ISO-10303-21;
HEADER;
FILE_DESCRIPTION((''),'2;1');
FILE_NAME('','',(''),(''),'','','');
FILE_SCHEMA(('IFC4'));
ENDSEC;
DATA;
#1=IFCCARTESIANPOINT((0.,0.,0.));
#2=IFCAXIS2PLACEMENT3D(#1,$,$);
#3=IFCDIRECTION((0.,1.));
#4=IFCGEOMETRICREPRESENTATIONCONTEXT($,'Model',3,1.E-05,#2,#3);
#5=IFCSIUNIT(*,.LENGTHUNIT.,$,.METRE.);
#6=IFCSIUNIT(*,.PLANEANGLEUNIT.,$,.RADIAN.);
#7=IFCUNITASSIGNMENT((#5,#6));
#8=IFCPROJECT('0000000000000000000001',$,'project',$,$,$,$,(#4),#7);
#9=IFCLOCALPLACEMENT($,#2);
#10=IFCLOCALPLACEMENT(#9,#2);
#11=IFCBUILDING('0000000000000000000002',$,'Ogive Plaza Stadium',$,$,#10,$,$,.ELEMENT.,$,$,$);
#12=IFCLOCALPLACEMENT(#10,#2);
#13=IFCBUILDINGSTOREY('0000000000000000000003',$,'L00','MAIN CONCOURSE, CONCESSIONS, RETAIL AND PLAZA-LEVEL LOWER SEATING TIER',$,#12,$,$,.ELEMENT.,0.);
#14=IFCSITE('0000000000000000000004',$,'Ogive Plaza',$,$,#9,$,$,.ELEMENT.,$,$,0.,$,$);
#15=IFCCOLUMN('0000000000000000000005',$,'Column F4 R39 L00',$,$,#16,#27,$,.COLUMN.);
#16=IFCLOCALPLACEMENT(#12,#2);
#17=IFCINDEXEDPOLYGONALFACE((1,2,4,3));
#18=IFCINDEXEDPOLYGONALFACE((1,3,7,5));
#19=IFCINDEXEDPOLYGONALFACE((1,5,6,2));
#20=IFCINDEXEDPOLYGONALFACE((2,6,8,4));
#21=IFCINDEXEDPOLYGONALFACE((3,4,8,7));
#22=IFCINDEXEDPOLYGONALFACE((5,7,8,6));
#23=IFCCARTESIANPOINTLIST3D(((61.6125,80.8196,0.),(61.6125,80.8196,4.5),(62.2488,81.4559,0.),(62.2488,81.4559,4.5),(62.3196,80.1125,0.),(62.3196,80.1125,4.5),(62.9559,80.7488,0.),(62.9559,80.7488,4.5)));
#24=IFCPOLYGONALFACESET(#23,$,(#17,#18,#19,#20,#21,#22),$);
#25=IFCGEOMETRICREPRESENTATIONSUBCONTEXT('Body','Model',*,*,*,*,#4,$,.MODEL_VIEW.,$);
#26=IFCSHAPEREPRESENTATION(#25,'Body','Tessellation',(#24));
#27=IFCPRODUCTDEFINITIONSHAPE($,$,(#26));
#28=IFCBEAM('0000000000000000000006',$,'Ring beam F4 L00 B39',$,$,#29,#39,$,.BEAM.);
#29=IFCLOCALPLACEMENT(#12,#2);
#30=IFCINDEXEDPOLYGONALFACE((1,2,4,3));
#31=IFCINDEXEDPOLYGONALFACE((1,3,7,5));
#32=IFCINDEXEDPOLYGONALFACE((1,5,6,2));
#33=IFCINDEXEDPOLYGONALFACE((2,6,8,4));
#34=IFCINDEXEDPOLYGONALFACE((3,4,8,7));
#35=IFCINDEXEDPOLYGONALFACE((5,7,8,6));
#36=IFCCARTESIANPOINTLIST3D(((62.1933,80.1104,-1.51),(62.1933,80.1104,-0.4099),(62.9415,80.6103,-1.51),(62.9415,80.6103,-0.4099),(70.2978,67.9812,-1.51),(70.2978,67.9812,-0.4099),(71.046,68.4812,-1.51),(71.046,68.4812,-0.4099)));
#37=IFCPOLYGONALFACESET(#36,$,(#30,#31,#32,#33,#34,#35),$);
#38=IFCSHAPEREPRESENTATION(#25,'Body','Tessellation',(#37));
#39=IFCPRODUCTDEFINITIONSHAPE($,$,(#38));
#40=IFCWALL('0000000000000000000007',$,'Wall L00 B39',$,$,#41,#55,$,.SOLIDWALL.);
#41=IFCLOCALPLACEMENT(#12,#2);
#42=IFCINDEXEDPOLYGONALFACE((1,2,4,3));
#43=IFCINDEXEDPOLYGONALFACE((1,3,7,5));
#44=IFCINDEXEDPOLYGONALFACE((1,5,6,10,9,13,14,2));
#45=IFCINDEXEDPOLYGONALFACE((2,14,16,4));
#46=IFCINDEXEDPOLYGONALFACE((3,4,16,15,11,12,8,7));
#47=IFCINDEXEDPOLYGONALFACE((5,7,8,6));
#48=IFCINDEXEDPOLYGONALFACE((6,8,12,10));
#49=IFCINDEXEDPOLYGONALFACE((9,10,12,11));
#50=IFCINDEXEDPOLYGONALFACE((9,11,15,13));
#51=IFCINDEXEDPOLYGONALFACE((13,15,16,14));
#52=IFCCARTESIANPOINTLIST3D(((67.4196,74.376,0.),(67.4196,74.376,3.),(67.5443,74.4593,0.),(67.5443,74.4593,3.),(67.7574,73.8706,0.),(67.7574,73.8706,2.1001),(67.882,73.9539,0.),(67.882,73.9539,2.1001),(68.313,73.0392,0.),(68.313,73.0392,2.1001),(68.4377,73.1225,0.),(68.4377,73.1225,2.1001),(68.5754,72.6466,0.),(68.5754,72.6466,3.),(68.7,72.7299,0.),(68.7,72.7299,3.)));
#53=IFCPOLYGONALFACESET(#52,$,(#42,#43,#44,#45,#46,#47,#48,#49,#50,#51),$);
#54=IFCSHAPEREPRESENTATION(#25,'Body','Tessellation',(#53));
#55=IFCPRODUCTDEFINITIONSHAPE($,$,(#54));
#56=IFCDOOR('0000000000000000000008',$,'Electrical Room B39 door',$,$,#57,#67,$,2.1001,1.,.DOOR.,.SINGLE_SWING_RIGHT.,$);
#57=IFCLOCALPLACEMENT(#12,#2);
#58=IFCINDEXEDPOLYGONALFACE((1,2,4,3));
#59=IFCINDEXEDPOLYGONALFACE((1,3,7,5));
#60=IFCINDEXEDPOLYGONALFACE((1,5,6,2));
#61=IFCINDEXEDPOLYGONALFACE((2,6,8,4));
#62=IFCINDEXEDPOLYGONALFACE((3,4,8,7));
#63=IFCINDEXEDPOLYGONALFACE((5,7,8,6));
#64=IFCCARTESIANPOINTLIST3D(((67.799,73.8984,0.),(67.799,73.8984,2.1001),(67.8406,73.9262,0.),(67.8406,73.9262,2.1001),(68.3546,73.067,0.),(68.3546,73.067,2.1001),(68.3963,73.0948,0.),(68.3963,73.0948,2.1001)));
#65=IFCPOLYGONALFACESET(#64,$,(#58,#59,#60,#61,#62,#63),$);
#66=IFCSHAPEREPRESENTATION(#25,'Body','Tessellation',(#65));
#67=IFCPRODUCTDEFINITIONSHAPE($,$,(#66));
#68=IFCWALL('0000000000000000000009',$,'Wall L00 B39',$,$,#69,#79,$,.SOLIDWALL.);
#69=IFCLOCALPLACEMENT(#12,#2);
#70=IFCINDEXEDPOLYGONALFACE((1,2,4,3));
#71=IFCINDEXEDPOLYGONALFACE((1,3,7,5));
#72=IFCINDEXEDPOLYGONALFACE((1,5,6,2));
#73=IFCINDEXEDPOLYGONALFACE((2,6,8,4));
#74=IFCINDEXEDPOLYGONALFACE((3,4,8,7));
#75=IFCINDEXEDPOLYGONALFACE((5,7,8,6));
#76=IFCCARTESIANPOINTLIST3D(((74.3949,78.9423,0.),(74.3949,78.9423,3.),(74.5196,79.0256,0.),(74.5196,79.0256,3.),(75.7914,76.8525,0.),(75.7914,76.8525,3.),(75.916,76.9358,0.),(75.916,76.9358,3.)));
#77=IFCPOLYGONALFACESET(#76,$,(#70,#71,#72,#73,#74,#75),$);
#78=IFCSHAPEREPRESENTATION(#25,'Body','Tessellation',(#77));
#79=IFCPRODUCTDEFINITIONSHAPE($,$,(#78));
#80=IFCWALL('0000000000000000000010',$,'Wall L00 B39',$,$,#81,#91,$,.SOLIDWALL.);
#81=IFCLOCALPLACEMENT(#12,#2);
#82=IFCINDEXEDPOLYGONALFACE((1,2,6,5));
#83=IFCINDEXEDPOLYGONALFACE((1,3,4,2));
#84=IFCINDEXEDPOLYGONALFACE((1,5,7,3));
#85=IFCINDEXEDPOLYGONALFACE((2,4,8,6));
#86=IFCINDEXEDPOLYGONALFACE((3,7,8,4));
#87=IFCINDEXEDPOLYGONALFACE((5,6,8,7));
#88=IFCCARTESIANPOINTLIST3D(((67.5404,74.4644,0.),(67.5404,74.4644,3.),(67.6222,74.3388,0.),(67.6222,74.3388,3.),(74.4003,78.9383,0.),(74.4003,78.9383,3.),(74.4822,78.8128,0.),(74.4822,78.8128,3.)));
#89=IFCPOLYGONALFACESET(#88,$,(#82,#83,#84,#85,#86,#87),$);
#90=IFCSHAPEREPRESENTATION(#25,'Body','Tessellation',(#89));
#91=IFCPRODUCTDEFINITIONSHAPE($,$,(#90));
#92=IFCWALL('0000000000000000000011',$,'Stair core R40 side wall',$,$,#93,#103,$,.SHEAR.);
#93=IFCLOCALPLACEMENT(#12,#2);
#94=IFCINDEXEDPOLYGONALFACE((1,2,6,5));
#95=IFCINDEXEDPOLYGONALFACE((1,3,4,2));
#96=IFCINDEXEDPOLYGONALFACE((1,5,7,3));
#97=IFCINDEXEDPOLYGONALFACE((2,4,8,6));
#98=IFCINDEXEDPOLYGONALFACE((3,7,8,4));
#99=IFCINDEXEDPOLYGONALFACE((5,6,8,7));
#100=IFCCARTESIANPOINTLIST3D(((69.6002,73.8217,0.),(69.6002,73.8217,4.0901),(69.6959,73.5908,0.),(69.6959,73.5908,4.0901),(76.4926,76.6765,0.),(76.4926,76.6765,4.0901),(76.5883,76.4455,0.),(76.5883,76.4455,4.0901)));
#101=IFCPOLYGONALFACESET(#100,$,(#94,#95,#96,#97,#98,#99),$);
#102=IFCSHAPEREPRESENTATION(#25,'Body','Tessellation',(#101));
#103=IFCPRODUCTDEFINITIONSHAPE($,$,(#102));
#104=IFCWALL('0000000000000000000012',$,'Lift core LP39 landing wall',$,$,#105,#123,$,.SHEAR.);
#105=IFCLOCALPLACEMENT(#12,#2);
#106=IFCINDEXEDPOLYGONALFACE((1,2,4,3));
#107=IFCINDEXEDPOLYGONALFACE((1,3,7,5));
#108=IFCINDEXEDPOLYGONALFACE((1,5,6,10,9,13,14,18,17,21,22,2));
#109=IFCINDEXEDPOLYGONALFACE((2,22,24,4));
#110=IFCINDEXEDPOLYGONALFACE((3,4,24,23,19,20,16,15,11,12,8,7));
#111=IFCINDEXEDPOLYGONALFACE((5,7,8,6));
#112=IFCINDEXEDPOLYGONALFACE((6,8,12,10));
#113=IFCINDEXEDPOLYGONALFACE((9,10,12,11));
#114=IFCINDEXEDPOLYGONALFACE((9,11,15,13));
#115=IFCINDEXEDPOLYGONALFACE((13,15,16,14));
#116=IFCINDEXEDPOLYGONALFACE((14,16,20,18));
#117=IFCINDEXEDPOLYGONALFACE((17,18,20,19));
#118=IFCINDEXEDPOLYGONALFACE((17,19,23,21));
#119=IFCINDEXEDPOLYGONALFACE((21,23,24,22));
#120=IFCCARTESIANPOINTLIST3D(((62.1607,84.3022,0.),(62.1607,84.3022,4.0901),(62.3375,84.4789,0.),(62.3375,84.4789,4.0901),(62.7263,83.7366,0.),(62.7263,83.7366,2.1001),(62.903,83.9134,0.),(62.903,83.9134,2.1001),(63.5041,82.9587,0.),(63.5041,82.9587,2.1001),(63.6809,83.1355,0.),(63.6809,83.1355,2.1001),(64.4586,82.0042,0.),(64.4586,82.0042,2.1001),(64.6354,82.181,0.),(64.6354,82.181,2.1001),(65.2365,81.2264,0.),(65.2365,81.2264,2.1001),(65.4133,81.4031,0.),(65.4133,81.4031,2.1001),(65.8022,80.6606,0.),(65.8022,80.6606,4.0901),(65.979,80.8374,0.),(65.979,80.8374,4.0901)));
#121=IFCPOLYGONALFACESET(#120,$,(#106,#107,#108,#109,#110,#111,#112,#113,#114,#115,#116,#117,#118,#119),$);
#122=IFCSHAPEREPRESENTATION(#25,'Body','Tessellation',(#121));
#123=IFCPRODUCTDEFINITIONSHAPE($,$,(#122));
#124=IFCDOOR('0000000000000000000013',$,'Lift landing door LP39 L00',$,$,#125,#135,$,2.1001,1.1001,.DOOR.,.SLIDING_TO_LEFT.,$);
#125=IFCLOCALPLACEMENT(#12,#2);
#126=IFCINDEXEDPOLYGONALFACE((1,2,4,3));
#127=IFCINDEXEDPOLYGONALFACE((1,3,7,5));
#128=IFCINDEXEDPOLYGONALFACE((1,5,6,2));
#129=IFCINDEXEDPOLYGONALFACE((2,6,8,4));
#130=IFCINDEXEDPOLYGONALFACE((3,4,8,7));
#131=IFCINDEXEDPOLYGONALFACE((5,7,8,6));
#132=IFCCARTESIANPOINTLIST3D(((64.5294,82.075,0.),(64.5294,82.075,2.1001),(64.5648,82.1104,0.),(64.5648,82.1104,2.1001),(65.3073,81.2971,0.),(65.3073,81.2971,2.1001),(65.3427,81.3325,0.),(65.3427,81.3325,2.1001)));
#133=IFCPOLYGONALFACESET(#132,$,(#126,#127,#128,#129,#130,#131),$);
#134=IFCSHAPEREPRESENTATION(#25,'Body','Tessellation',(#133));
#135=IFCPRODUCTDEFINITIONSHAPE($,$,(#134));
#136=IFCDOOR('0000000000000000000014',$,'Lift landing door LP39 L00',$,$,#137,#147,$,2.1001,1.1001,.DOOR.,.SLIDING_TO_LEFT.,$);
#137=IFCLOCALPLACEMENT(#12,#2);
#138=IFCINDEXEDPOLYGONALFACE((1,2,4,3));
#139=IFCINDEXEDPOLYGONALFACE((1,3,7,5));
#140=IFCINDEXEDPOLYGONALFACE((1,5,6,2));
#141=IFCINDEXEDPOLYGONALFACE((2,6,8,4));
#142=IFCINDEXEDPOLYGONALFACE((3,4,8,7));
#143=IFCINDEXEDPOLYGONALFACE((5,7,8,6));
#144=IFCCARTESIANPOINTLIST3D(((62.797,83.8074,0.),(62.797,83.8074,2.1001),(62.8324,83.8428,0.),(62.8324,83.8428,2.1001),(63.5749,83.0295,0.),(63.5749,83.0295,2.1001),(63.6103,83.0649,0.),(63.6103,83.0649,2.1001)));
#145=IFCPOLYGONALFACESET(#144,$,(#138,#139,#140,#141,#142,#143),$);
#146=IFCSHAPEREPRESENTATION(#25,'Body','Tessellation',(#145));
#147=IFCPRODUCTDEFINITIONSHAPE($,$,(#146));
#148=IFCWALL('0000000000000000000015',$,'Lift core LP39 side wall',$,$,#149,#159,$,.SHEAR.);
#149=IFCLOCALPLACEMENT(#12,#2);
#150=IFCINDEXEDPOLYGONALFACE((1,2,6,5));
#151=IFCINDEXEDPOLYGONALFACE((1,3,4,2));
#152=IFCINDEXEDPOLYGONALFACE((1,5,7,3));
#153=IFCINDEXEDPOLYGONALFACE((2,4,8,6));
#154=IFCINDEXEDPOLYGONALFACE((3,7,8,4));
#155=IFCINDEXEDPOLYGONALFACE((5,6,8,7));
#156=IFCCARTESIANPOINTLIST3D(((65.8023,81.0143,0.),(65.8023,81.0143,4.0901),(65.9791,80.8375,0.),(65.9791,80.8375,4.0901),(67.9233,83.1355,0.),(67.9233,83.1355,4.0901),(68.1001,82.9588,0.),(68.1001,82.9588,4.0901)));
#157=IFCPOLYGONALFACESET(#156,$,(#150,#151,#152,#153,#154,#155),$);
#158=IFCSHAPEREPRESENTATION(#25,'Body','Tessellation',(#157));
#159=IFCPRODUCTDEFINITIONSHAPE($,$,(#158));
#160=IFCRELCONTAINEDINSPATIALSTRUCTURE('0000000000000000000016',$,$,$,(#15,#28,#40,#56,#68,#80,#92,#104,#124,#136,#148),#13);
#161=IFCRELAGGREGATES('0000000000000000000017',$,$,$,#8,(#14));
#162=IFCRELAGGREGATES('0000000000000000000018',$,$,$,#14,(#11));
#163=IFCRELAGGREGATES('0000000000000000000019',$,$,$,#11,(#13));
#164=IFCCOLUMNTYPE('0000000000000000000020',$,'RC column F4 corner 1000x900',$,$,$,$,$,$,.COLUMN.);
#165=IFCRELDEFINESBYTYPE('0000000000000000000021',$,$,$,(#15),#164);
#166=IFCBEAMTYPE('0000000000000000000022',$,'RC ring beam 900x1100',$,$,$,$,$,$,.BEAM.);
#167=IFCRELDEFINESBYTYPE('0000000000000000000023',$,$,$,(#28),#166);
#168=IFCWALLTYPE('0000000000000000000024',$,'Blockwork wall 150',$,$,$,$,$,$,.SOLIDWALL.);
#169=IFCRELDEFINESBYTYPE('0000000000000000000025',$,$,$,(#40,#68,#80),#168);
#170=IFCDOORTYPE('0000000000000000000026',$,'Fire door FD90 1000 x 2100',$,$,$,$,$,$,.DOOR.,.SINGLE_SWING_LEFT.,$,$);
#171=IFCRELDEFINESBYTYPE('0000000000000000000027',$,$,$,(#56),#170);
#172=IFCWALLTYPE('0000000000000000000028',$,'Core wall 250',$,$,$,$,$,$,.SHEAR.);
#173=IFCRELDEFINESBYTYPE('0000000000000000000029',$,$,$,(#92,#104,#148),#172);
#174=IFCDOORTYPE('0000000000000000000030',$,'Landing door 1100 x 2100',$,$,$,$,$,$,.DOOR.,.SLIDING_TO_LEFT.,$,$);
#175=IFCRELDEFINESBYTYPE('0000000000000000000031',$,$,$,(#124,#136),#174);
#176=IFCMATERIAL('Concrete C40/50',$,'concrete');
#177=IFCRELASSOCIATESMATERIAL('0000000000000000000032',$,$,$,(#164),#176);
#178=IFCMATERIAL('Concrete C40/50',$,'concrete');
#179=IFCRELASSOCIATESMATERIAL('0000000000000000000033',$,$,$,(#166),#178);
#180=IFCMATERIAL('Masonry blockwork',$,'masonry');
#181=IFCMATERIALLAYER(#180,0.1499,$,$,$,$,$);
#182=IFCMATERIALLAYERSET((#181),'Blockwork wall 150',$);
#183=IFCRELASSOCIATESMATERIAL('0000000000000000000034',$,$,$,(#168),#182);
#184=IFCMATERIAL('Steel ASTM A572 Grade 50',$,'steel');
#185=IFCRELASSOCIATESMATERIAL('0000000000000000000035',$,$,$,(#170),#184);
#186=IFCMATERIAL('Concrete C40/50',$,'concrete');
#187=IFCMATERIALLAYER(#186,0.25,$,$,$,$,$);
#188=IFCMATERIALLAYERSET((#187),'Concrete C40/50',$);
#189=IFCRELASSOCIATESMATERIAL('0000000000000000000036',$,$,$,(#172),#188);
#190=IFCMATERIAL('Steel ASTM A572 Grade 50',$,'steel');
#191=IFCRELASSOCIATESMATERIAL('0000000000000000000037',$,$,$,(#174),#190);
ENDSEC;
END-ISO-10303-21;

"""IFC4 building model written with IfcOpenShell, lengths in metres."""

from ifc_helpers import new_model, si_unit, direction, frame, frame_2d, origin, origin_2d, place, context, subcontext, project, spatial, rectangle, extrude, material, layer, layer_set, material_profile, profile_set, type_object, element, fill, save


model = new_model("IFC4")

# Units and contexts
model_context = context("Model", 3, precision=1e-05, world=origin(), true_north=direction((0.0, 1.0)))
body_context = subcontext(model_context, "Body", "Model", "MODEL_VIEW")
ifc_project = project(units=[si_unit("LENGTHUNIT", "METRE"), si_unit("PLANEANGLEUNIT", "RADIAN")], contexts=[model_context])

# Site, building, storey
site_placement = place(None, origin())
site = spatial("IfcSite", under=ifc_project, at=site_placement, Name="Ogive Plaza", CompositionType="ELEMENT", RefElevation=0.0)
building_placement = place(site_placement, origin())
building = spatial("IfcBuilding", under=site, at=building_placement, Name="Ogive Plaza Stadium", CompositionType="ELEMENT")
storey_placement = place(building_placement, origin())
storey = spatial("IfcBuildingStorey", under=building, at=storey_placement, Name="L00", Description="MAIN CONCOURSE, CONCESSIONS, RETAIL AND PLAZA-LEVEL LOWER SEATING TIER", CompositionType="ELEMENT", Elevation=0.0)

# Column
ifc_material_1 = material(Name="Concrete C40/50", Category="concrete")
ifc_material_profile_1 = material_profile(ifc_material_1, rectangle(XDim=1.0, YDim=0.8999, at=origin_2d()), Name="RC 1000x900")
ifc_profile_set_1 = profile_set([ifc_material_profile_1], Name="Concrete C40/50")
column_type = type_object("IfcColumnType", Name="RC column F4 corner 1000x900", PredefinedType="COLUMN", material=ifc_profile_set_1)
column_placement = place(storey_placement, frame((62.2842, 80.7842, 0.0), z_axis=(0.0, 0.0, 1.0), x_axis=(-0.707107, 0.707107, 0.0)))
element("IfcColumn", 1, at=column_placement, inside=storey, type_object=column_type, Name="Column F4 R39 L00", PredefinedType="COLUMN", context=body_context, shape_type="SweptSolid", body=[
    extrude(rectangle(XDim=1.0, YDim=0.8999, at=origin_2d()), origin(), (0.0, 0.0, 1.0), 4.5),
])

# Beam
ifc_material_2 = material(Name="Concrete C40/50", Category="concrete")
ifc_material_profile_2 = material_profile(ifc_material_2, rectangle(XDim=0.8999, YDim=1.1001, at=origin_2d()), Name="RC 900x1100")
ifc_profile_set_2 = profile_set([ifc_material_profile_2], Name="Concrete C40/50")
beam_type = type_object("IfcBeamType", Name="RC ring beam 900x1100", PredefinedType="BEAM", material=ifc_profile_set_2)
beam_placement = place(storey_placement, frame((62.5674, 80.3604, -0.96), z_axis=(0.555573, -0.831468, 0.0), x_axis=(0.831468, 0.555573, 0.0)))
element("IfcBeam", 2, at=beam_placement, inside=storey, type_object=beam_type, Name="Ring beam F4 L00 B39", PredefinedType="BEAM", context=body_context, shape_type="SweptSolid", body=[
    extrude(rectangle(XDim=0.8999, YDim=1.1001, at=origin_2d()), origin(), (0.0, 0.0, 1.0), 14.5876),
])

# Wall, opening, door
ifc_material_3 = material(Name="Masonry blockwork", Category="masonry")
ifc_layer_1 = layer(ifc_material_3, 0.1499)
ifc_layer_set_1 = layer_set([ifc_layer_1], Name="Blockwork wall 150")
wall_type_1 = type_object("IfcWallType", Name="Blockwork wall 150", PredefinedType="SOLIDWALL", material=ifc_layer_set_1)
wall_1_placement = place(storey_placement, frame((68.6377, 72.6882, 0.0), z_axis=(0.0, 0.0, 1.0), x_axis=(-0.555621, 0.831436, 0.0)))
wall_1 = element("IfcWall", 3, at=wall_1_placement, inside=storey, type_object=wall_type_1, Name="Wall L00 B39", PredefinedType="SOLIDWALL", context=body_context, shape_type="SweptSolid", body=[
    extrude(rectangle(XDim=2.0801, YDim=0.1499, at=frame_2d((1.04, 0.0))), origin(), (0.0, 0.0, 1.0), 3.0),
])
opening_1_placement = place(wall_1_placement, frame((0.4722, 0.0, 0.0)))
opening_1 = element("IfcOpeningElement", 4, at=opening_1_placement, cuts=wall_1, PredefinedType="OPENING", context=body_context, shape_type="SweptSolid", body=[
    extrude(rectangle(XDim=1.0, YDim=2.1001, at=frame_2d((0.5, 1.05))), frame((0.0, 0.075, 0.0), z_axis=(0.0, -1.0, 0.0), x_axis=(1.0, 0.0, 0.0)), (0.0, 0.0, 1.0), 0.1499),
])
ifc_material_4 = material(Name="Steel ASTM A572 Grade 50", Category="steel")
door_type_1 = type_object("IfcDoorType", Name="Fire door FD90 1000 x 2100", OperationType="SINGLE_SWING_LEFT", PredefinedType="DOOR", material=ifc_material_4)
door_1_placement = place(opening_1_placement, origin())
door_1 = element("IfcDoor", 5, at=door_1_placement, inside=storey, type_object=door_type_1, Name="Electrical Room B39 door", OperationType="SINGLE_SWING_RIGHT", OverallHeight=2.1001, OverallWidth=1.0, PredefinedType="DOOR", context=body_context, shape_type="SweptSolid", body=[
    extrude(rectangle(XDim=1.0, YDim=2.1001, at=frame_2d((0.5, 1.05))), frame((0.0, 0.0249, 0.0), z_axis=(0.0, -1.0, 0.0), x_axis=(1.0, 0.0, 0.0)), (0.0, 0.0, 1.0), 0.05),
])
fill(opening_1, door_1)

# Walls
wall_2_placement = place(storey_placement, frame((75.8538, 76.894, 0.0), z_axis=(0.0, 0.0, 1.0), x_axis=(-0.555596, 0.831452, 0.0)))
element("IfcWall", 6, at=wall_2_placement, inside=storey, type_object=wall_type_1, Name="Wall L00 B39", PredefinedType="SOLIDWALL", context=body_context, shape_type="SweptSolid", body=[
    extrude(rectangle(XDim=2.5134, YDim=0.1499, at=frame_2d((1.2568, 0.0))), origin(), (0.0, 0.0, 1.0), 3.0),
])
wall_3_placement = place(storey_placement, frame((67.5813, 74.4016, 0.0), z_axis=(0.0, 0.0, 1.0), x_axis=(0.837608, 0.546272, 0.0)))
element("IfcWall", 7, at=wall_3_placement, inside=storey, type_object=wall_type_1, Name="Wall L00 B39", PredefinedType="SOLIDWALL", context=body_context, shape_type="SweptSolid", body=[
    extrude(rectangle(XDim=8.1899, YDim=0.1499, at=frame_2d((4.095, 0.0))), origin(), (0.0, 0.0, 1.0), 3.0),
])
ifc_material_5 = material(Name="Concrete C40/50", Category="concrete")
ifc_layer_2 = layer(ifc_material_5, 0.25)
ifc_layer_set_2 = layer_set([ifc_layer_2], Name="Concrete C40/50")
wall_type_2 = type_object("IfcWallType", Name="Core wall 250", PredefinedType="SHEAR", material=ifc_layer_set_2)
wall_4_placement = place(storey_placement, frame((69.6482, 73.7063, 0.0), z_axis=(0.0, 0.0, 1.0), x_axis=(0.923887, 0.382665, 0.0)))
element("IfcWall", 8, at=wall_4_placement, inside=storey, type_object=wall_type_2, Name="Stair core R40 side wall", PredefinedType="SHEAR", context=body_context, shape_type="SweptSolid", body=[
    extrude(rectangle(XDim=7.4602, YDim=0.25, at=frame_2d((3.73, 0.0))), origin(), (0.0, 0.0, 1.0), 4.0901),
])

# Wall, openings, doors
wall_5_placement = place(storey_placement, frame((65.8906, 80.749, 0.0), z_axis=(0.0, 0.0, 1.0), x_axis=(-0.707107, 0.707107, 0.0)))
wall_5 = element("IfcWall", 9, at=wall_5_placement, inside=storey, type_object=wall_type_2, Name="Lift core LP39 landing wall", PredefinedType="SHEAR", context=body_context, shape_type="SweptSolid", body=[
    extrude(rectangle(XDim=5.1499, YDim=0.25, at=frame_2d((2.575, 0.0))), origin(), (0.0, 0.0, 1.0), 4.0901),
])
opening_2_placement = place(wall_5_placement, frame((0.8, 0.0, 0.0)))
opening_2 = element("IfcOpeningElement", 10, at=opening_2_placement, cuts=wall_5, PredefinedType="OPENING", context=body_context, shape_type="SweptSolid", body=[
    extrude(rectangle(XDim=1.1001, YDim=2.1001, at=frame_2d((0.55, 1.05))), frame((0.0, 0.125, 0.0), z_axis=(0.0, -1.0, 0.0), x_axis=(1.0, 0.0, 0.0)), (0.0, 0.0, 1.0), 0.25),
])
opening_3_placement = place(wall_5_placement, frame((3.25, 0.0, 0.0)))
opening_3 = element("IfcOpeningElement", 11, at=opening_3_placement, cuts=wall_5, PredefinedType="OPENING", context=body_context, shape_type="SweptSolid", body=[
    extrude(rectangle(XDim=1.1001, YDim=2.1001, at=frame_2d((0.55, 1.05))), frame((0.0, 0.125, 0.0), z_axis=(0.0, -1.0, 0.0), x_axis=(1.0, 0.0, 0.0)), (0.0, 0.0, 1.0), 0.25),
])
ifc_material_6 = material(Name="Steel ASTM A572 Grade 50", Category="steel")
door_type_2 = type_object("IfcDoorType", Name="Landing door 1100 x 2100", OperationType="SLIDING_TO_LEFT", PredefinedType="DOOR", material=ifc_material_6)
door_2_placement = place(opening_2_placement, origin())
door_2 = element("IfcDoor", 12, at=door_2_placement, inside=storey, type_object=door_type_2, Name="Lift landing door LP39 L00", OperationType="SLIDING_TO_LEFT", OverallHeight=2.1001, OverallWidth=1.1001, PredefinedType="DOOR", context=body_context, shape_type="SweptSolid", body=[
    extrude(rectangle(XDim=1.1001, YDim=2.1001, at=frame_2d((0.55, 1.05))), frame((0.0, 0.0249, 0.0), z_axis=(0.0, -1.0, 0.0), x_axis=(1.0, 0.0, 0.0)), (0.0, 0.0, 1.0), 0.05),
])
fill(opening_2, door_2)
door_3_placement = place(opening_3_placement, origin())
door_3 = element("IfcDoor", 13, at=door_3_placement, inside=storey, type_object=door_type_2, Name="Lift landing door LP39 L00", OperationType="SLIDING_TO_LEFT", OverallHeight=2.1001, OverallWidth=1.1001, PredefinedType="DOOR", context=body_context, shape_type="SweptSolid", body=[
    extrude(rectangle(XDim=1.1001, YDim=2.1001, at=frame_2d((0.55, 1.05))), frame((0.0, 0.0249, 0.0), z_axis=(0.0, -1.0, 0.0), x_axis=(1.0, 0.0, 0.0)), (0.0, 0.0, 1.0), 0.05),
])
fill(opening_3, door_3)

# Wall
wall_6_placement = place(storey_placement, frame((65.8906, 80.9258, 0.0), z_axis=(0.0, 0.0, 1.0), x_axis=(0.707066, 0.707147, 0.0)))
element("IfcWall", 14, at=wall_6_placement, inside=storey, type_object=wall_type_2, Name="Lift core LP39 side wall", PredefinedType="SHEAR", context=body_context, shape_type="SweptSolid", body=[
    extrude(rectangle(XDim=2.9998, YDim=0.25, at=frame_2d((1.5, 0.0))), origin(), (0.0, 0.0, 1.0), 4.0901),
])

save(model, "model.ifc")
